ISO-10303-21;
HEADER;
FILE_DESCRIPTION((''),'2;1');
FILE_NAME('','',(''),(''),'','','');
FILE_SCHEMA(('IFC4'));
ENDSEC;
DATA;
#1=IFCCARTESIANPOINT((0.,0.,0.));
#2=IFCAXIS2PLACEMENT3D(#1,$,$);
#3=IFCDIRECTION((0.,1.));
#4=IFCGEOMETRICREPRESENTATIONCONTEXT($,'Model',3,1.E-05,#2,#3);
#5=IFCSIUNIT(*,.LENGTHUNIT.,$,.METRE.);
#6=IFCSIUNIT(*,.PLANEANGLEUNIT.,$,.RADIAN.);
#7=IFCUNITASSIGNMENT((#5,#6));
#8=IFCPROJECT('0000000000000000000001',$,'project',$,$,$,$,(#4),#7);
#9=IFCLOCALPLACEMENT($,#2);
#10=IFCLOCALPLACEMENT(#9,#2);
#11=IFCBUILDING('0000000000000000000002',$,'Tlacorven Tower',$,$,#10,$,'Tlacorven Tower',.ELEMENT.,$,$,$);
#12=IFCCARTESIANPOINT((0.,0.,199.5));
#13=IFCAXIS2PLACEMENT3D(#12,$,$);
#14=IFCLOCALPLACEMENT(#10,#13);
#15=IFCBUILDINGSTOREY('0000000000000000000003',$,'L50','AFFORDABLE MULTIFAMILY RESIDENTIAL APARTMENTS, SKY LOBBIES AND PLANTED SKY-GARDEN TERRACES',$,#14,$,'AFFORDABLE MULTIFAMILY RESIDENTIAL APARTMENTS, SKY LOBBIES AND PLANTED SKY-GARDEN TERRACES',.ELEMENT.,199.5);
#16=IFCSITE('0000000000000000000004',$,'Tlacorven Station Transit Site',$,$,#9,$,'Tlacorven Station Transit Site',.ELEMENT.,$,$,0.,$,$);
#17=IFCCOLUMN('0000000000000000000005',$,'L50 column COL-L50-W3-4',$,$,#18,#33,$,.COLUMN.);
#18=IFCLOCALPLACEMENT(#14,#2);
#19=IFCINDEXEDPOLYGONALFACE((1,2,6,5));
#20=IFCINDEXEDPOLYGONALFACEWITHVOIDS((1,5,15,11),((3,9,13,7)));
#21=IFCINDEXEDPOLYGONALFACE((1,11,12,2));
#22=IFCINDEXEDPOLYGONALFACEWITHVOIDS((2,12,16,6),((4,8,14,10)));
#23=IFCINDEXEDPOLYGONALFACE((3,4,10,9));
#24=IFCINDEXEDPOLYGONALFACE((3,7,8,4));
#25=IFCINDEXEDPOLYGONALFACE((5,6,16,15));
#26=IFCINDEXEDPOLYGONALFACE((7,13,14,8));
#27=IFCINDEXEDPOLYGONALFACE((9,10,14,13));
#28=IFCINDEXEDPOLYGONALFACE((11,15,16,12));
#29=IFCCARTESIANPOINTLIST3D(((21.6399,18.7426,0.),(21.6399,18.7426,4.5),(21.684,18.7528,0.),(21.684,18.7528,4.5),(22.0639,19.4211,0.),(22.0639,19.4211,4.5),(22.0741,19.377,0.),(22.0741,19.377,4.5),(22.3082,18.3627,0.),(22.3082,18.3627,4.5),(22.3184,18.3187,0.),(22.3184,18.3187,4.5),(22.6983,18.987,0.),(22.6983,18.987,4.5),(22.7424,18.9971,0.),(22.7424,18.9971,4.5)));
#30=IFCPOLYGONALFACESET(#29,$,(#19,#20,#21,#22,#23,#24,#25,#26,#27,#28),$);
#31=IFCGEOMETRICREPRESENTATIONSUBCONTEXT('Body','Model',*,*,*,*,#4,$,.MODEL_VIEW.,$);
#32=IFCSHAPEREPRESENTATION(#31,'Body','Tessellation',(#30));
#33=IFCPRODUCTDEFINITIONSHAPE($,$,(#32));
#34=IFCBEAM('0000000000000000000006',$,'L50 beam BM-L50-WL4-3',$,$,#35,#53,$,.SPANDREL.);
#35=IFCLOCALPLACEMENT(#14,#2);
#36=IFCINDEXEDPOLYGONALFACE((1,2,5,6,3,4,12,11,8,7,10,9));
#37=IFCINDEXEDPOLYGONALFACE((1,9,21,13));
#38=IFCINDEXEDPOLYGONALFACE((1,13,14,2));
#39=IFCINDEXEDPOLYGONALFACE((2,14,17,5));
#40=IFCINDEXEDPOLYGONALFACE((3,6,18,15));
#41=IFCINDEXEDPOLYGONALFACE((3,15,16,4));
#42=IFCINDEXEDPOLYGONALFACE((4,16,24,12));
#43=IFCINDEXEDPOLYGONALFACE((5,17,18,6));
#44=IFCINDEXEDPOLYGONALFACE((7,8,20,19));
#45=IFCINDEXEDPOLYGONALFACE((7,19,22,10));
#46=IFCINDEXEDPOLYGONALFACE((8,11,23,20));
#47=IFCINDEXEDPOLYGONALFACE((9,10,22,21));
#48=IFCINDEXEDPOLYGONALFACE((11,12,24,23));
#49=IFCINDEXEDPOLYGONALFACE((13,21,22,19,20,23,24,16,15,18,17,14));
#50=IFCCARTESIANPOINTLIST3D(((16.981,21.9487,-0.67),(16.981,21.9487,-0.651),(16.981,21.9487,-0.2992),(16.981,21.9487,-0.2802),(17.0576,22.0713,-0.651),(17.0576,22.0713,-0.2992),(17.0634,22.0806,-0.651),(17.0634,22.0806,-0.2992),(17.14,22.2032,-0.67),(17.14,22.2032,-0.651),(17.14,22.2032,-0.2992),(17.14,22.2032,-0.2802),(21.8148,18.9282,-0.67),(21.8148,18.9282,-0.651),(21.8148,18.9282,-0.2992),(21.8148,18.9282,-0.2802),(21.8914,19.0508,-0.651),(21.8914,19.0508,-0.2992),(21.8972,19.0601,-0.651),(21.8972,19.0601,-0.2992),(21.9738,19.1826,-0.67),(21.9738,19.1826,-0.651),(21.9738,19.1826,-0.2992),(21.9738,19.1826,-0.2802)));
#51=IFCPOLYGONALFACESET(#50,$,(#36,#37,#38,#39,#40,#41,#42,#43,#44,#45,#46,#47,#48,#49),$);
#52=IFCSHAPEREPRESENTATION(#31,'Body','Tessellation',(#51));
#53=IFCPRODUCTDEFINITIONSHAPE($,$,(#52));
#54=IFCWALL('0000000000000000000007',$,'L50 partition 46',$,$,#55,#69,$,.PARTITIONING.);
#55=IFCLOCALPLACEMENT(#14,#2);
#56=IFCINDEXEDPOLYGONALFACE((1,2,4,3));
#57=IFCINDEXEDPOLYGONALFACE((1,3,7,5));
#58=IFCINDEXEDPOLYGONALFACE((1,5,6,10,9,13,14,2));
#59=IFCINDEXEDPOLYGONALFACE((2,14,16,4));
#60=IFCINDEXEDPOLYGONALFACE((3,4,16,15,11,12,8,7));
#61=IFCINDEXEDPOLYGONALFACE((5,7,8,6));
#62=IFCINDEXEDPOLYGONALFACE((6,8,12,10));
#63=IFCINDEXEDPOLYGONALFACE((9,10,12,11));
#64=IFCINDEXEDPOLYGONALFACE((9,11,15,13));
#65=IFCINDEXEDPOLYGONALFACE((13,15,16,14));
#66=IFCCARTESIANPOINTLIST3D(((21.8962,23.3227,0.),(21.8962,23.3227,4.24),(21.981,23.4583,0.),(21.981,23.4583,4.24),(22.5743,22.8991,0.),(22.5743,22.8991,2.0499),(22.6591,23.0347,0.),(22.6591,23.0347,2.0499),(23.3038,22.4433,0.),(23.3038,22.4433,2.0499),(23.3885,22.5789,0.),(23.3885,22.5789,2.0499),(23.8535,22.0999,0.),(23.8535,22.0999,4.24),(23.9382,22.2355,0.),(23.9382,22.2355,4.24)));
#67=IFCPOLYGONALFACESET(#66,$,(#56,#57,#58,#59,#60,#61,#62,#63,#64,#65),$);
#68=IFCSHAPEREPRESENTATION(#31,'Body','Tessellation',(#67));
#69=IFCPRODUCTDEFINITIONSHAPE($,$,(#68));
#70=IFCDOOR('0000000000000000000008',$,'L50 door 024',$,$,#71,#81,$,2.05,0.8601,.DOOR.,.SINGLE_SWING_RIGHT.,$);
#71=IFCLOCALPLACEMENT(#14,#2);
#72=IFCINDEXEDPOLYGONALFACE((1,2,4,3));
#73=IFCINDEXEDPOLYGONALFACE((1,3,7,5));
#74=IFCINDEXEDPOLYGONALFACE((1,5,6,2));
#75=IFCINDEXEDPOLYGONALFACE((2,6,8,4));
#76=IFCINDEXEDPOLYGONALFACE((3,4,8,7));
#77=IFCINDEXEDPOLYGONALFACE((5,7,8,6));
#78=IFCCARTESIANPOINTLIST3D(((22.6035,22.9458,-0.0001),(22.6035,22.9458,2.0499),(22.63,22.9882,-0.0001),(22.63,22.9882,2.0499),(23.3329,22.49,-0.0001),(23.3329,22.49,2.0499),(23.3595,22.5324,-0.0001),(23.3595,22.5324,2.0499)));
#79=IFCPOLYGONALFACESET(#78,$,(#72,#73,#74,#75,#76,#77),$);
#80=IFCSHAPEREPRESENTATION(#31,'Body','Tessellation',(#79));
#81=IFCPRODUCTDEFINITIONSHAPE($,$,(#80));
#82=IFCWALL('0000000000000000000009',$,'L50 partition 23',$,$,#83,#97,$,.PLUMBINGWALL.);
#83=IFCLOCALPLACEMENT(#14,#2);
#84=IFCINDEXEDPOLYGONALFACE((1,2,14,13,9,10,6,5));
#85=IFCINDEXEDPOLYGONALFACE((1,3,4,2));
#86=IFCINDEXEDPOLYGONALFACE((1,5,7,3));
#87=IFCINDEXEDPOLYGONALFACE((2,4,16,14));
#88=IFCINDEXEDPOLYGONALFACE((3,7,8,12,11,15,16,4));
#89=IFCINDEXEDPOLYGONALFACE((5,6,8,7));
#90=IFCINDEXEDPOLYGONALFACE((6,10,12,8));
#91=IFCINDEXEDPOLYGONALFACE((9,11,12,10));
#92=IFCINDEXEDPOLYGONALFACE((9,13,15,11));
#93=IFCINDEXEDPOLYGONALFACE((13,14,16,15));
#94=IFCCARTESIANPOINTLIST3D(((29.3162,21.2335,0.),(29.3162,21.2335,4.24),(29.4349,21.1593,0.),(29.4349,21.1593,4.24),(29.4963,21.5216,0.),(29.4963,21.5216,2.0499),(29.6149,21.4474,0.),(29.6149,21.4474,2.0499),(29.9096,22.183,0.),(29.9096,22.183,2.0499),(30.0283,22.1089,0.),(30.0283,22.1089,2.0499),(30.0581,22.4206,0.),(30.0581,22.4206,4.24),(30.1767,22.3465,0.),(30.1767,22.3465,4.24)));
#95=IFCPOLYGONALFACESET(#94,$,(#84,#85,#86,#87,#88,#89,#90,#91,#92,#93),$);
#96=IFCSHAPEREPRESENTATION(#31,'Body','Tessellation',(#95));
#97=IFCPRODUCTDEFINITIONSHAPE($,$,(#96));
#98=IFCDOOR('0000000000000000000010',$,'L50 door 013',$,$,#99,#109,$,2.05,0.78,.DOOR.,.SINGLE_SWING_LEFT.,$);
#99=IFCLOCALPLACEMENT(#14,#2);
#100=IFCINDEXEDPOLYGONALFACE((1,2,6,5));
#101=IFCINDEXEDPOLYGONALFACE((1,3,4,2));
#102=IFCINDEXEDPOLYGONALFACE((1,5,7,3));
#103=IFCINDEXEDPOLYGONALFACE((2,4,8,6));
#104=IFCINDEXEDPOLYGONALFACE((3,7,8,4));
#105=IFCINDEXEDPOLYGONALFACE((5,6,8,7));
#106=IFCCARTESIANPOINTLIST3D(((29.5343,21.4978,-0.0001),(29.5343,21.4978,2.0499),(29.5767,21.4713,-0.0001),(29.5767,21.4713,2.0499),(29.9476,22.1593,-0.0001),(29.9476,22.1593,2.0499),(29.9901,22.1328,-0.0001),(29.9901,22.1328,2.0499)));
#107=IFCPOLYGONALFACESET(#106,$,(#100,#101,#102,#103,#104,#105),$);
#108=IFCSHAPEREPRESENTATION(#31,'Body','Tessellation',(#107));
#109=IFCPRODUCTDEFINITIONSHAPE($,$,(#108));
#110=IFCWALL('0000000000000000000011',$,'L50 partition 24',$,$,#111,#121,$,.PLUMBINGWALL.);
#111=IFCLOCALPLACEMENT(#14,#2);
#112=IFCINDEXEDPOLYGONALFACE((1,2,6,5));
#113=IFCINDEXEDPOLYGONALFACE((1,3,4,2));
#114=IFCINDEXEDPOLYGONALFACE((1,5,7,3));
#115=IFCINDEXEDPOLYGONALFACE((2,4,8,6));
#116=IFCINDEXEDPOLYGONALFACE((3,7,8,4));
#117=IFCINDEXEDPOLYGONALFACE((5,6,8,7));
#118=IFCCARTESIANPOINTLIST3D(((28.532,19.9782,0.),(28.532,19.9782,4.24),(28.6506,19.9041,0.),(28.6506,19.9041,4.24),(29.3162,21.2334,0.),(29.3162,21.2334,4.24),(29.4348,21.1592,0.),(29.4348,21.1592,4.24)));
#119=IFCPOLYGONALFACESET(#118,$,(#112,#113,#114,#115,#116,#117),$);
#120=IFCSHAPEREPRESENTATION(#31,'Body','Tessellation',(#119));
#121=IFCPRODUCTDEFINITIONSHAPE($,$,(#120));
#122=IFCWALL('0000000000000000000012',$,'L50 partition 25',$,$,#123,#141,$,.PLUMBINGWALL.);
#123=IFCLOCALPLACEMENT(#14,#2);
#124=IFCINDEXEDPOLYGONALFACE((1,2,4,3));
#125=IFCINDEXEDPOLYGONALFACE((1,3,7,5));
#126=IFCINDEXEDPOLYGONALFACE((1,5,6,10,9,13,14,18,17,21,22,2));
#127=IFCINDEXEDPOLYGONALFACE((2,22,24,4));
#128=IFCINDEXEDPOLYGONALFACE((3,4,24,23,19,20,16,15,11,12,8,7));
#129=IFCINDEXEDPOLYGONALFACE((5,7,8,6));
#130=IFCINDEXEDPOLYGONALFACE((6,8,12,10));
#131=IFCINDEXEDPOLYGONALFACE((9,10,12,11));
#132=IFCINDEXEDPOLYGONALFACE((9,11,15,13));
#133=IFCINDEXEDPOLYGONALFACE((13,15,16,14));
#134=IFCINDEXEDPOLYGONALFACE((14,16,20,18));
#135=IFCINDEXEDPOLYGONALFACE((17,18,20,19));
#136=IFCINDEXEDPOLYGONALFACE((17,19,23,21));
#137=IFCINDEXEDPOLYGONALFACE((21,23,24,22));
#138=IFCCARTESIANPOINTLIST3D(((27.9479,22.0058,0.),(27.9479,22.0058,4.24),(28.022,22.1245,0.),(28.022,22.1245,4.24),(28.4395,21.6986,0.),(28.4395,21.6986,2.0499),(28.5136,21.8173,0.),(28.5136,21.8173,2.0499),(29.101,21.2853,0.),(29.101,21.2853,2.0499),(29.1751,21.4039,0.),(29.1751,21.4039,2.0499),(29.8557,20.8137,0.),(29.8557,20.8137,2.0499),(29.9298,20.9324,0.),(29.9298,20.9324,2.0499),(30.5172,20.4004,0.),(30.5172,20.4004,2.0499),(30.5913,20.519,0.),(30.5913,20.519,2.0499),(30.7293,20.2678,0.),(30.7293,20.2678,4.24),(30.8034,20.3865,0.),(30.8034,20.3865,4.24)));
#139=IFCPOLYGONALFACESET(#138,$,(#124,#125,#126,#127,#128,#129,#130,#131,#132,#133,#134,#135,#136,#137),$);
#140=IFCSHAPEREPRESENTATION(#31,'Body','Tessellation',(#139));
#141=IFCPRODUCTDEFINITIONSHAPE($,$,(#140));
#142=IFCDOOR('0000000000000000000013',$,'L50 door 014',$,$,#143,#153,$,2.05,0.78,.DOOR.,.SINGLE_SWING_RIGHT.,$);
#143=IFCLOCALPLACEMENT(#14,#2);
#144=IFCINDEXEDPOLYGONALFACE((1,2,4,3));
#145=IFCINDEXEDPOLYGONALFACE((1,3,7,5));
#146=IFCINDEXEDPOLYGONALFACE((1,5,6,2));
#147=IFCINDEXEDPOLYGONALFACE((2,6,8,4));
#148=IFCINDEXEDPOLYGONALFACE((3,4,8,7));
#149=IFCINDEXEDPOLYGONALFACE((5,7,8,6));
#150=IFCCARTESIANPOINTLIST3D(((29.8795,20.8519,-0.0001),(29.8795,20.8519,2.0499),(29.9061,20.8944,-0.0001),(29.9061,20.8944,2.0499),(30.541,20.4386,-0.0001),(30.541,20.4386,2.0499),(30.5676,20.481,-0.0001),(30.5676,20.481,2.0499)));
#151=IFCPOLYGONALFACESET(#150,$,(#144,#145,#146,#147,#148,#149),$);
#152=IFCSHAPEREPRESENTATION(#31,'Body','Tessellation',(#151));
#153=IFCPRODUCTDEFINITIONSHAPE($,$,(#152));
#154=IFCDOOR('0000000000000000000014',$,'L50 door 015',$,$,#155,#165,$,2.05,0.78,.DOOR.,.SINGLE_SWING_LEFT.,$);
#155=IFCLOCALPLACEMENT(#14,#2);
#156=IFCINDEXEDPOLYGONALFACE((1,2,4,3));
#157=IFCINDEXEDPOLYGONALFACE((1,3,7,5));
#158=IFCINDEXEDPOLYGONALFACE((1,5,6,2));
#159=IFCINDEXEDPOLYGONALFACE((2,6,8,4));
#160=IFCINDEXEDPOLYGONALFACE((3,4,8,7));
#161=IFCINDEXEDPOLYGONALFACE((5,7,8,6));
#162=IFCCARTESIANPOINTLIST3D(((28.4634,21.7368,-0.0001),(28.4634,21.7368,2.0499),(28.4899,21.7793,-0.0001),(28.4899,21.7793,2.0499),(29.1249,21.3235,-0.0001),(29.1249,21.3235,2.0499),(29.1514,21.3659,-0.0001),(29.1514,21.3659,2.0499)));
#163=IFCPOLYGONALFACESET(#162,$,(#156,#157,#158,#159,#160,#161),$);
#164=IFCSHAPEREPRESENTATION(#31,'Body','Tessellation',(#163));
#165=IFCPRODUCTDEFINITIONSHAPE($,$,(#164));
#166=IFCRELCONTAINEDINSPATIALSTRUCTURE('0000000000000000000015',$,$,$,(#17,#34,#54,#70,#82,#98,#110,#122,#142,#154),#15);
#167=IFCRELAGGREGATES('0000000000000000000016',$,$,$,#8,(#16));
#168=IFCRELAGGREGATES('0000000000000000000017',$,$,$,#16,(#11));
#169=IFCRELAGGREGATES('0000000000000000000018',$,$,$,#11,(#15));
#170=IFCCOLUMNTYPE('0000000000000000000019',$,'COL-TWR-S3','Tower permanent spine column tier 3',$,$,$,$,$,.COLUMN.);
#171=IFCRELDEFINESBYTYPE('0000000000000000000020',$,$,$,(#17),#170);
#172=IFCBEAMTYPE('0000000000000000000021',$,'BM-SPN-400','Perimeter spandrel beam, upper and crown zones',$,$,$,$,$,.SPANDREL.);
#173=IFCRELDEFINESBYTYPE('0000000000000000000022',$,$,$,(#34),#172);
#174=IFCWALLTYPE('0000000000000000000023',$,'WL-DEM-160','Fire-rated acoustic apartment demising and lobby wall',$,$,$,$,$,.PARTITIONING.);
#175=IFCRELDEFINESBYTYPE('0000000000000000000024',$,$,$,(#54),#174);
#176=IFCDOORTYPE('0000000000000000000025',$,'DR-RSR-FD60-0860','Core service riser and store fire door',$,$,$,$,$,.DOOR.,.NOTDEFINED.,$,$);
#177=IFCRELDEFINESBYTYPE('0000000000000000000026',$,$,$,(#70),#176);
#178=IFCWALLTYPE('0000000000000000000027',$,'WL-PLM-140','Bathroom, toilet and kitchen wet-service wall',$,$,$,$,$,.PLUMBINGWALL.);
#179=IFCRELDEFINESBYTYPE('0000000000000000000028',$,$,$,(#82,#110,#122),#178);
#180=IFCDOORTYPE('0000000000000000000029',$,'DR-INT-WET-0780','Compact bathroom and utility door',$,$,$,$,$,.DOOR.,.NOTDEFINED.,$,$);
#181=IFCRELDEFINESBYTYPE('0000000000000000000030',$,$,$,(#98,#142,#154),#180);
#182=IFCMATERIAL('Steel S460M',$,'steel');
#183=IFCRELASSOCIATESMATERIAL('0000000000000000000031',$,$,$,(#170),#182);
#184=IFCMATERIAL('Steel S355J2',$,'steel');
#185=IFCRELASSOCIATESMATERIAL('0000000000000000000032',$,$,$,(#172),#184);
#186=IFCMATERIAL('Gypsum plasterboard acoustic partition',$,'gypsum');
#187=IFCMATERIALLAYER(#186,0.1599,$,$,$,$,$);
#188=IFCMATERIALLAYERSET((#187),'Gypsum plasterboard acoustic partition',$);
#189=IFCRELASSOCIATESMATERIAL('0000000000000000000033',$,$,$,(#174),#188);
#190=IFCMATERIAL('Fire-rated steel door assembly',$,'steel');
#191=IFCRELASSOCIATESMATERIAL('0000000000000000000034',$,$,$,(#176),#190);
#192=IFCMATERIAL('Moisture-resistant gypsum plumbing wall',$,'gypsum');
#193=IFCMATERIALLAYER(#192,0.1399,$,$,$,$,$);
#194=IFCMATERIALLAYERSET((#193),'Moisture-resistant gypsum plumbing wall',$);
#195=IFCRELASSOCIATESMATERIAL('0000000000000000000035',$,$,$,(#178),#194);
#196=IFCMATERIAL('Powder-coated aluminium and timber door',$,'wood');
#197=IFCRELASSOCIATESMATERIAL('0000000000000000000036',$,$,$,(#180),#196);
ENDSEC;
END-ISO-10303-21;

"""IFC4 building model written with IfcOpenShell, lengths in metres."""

from ifc_helpers import new_model, si_unit, direction, frame, frame_2d, origin, origin_2d, place, context, subcontext, project, spatial, rectangle, hollow_rectangle, i_section, extrude, source, transform, mapped, material, layer, layer_set, material_profile, profile_set, type_object, element, fill, save


model = new_model("IFC4")

# Units and contexts
model_context = context("Model", 3, precision=1e-05, world=origin(), true_north=direction((0.0, 1.0)))
body_context = subcontext(model_context, "Body", "Model", "MODEL_VIEW")
ifc_project = project(units=[si_unit("LENGTHUNIT", "METRE"), si_unit("PLANEANGLEUNIT", "RADIAN")], contexts=[model_context])

# Site, building, storey
site_placement = place(None, origin())
site = spatial("IfcSite", under=ifc_project, at=site_placement, Name="Tlacorven Station Transit Site", LongName="Tlacorven Station Transit Site", CompositionType="ELEMENT", RefElevation=0.0)
building_placement = place(site_placement, origin())
building = spatial("IfcBuilding", under=site, at=building_placement, Name="Tlacorven Tower", LongName="Tlacorven Tower", CompositionType="ELEMENT")
storey_placement = place(building_placement, frame((0.0, 0.0, 199.5)))
storey = spatial("IfcBuildingStorey", under=building, at=storey_placement, Name="L50", Description="AFFORDABLE MULTIFAMILY RESIDENTIAL APARTMENTS, SKY LOBBIES AND PLANTED SKY-GARDEN TERRACES", LongName="AFFORDABLE MULTIFAMILY RESIDENTIAL APARTMENTS, SKY LOBBIES AND PLANTED SKY-GARDEN TERRACES", CompositionType="ELEMENT", Elevation=199.5)

# Column
ifc_material_1 = material(Name="Steel S460M", Category="steel")
ifc_material_profile_1 = material_profile(ifc_material_1, hollow_rectangle(XDim=0.8, YDim=0.8, WallThickness=0.032, at=origin_2d()), Name="BOX 800X800X32")
ifc_profile_set_1 = profile_set([ifc_material_profile_1], Name="Steel S460M")
column_type = type_object("IfcColumnType", Name="COL-TWR-S3", Description="Tower permanent spine column tier 3", PredefinedType="COLUMN", material=ifc_profile_set_1)
shared_shape_1 = source(origin(), body_context, "Body", "SweptSolid", [
    extrude(hollow_rectangle(XDim=0.8, YDim=0.8, WallThickness=0.032, at=origin_2d()), origin(), (0.0, 0.0, 1.0), 4.5),
])
column_placement = place(storey_placement, frame((22.1912, 18.8699, 0.0), z_axis=(0.0, 0.0, 1.0), x_axis=(-0.848048, 0.529919, 0.0)))
element("IfcColumn", 1, at=column_placement, inside=storey, type_object=column_type, Name="L50 column COL-L50-W3-4", PredefinedType="COLUMN", context=body_context, shape_type="MappedRepresentation", body=[
    mapped(shared_shape_1, transform((0.0, 0.0, 0.0), scale=1.0)),
])

# Beam
ifc_material_2 = material(Name="Steel S355J2", Category="steel")
ifc_material_profile_2 = material_profile(ifc_material_2, i_section(OverallWidth=0.3, OverallDepth=0.3899, WebThickness=0.011, FlangeThickness=0.019, at=origin_2d()), Name="HEA 400")
ifc_profile_set_2 = profile_set([ifc_material_profile_2], Name="Steel S355J2")
beam_type = type_object("IfcBeamType", Name="BM-SPN-400", Description="Perimeter spandrel beam, upper and crown zones", PredefinedType="SPANDREL", material=ifc_profile_set_2)
shared_shape_2 = source(origin(), body_context, "Body", "SweptSolid", [
    extrude(i_section(OverallWidth=0.3, OverallDepth=0.3899, WebThickness=0.011, FlangeThickness=0.019, at=origin_2d()), origin(), (0.0, 0.0, 1.0), 5.7),
])
beam_placement = place(storey_placement, frame((21.8943, 19.0554, -0.4751), z_axis=(-0.848044, 0.529926, 0.0), x_axis=(-0.529926, -0.848044, 0.0)))
element("IfcBeam", 2, at=beam_placement, inside=storey, type_object=beam_type, Name="L50 beam BM-L50-WL4-3", PredefinedType="SPANDREL", context=body_context, shape_type="MappedRepresentation", body=[
    mapped(shared_shape_2, transform((0.0, 0.0, 0.0), scale=1.0)),
])

# Walls, openings, doors
ifc_material_3 = material(Name="Gypsum plasterboard acoustic partition", Category="gypsum")
ifc_layer_1 = layer(ifc_material_3, 0.1599)
ifc_layer_set_1 = layer_set([ifc_layer_1], Name="Gypsum plasterboard acoustic partition")
wall_type_1 = type_object("IfcWallType", Name="WL-DEM-160", Description="Fire-rated acoustic apartment demising and lobby wall", PredefinedType="PARTITIONING", material=ifc_layer_set_1)
wall_1_placement = place(storey_placement, frame((23.8958, 22.1677, 0.0), z_axis=(0.0, 0.0, 1.0), x_axis=(-0.848076, 0.529875, 0.0)))
wall_1 = element("IfcWall", 3, at=wall_1_placement, inside=storey, type_object=wall_type_1, Name="L50 partition 46", PredefinedType="PARTITIONING", context=body_context, shape_type="SweptSolid", body=[
    extrude(rectangle(XDim=2.3079, YDim=0.1599, at=frame_2d((1.1538, 0.0))), origin(), (0.0, 0.0, 1.0), 4.24),
])
opening_1_placement = place(wall_1_placement, frame((0.6479, 0.0, 0.0)))
opening_1 = element("IfcOpeningElement", 4, at=opening_1_placement, cuts=wall_1, PredefinedType="OPENING", context=body_context, shape_type="SweptSolid", body=[
    extrude(rectangle(XDim=0.8601, YDim=2.05, at=frame_2d((0.4302, 1.0249))), frame((0.0, 0.0898, 0.0), z_axis=(0.0, -1.0, 0.0), x_axis=(1.0, 0.0, 0.0)), (0.0, 0.0, 1.0), 0.1799),
])
ifc_material_4 = material(Name="Fire-rated steel door assembly", Category="steel")
door_type_1 = type_object("IfcDoorType", Name="DR-RSR-FD60-0860", Description="Core service riser and store fire door", OperationType="NOTDEFINED", PredefinedType="DOOR", material=ifc_material_4)
shared_shape_3 = source(origin(), body_context, "Body", "SweptSolid", [
    extrude(rectangle(XDim=0.8601, YDim=2.05, at=frame_2d((0.4302, 1.0249))), frame((0.0, 0.0249, 0.0), z_axis=(0.0, -1.0, 0.0), x_axis=(1.0, 0.0, 0.0)), (0.0, 0.0, 1.0), 0.05),
])
door_1_placement = place(opening_1_placement, origin())
door_1 = element("IfcDoor", 5, at=door_1_placement, inside=storey, type_object=door_type_1, Name="L50 door 024", OperationType="SINGLE_SWING_RIGHT", OverallHeight=2.05, OverallWidth=0.8601, PredefinedType="DOOR", context=body_context, shape_type="MappedRepresentation", body=[
    mapped(shared_shape_3, transform((0.0, 0.0, 0.0), scale=1.0)),
])
fill(opening_1, door_1)
ifc_material_5 = material(Name="Moisture-resistant gypsum plumbing wall", Category="gypsum")
ifc_layer_2 = layer(ifc_material_5, 0.1399)
ifc_layer_set_2 = layer_set([ifc_layer_2], Name="Moisture-resistant gypsum plumbing wall")
wall_type_2 = type_object("IfcWallType", Name="WL-PLM-140", Description="Bathroom, toilet and kitchen wet-service wall", PredefinedType="PLUMBINGWALL", material=ifc_layer_set_2)
wall_2_placement = place(storey_placement, frame((30.1174, 22.3835, 0.0), z_axis=(0.0, 0.0, 1.0), x_axis=(-0.529952, -0.848028, 0.0)))
wall_2 = element("IfcWall", 6, at=wall_2_placement, inside=storey, type_object=wall_type_2, Name="L50 partition 23", PredefinedType="PLUMBINGWALL", context=body_context, shape_type="SweptSolid", body=[
    extrude(rectangle(XDim=1.3999, YDim=0.1399, at=frame_2d((0.7, 0.0))), origin(), (0.0, 0.0, 1.0), 4.24),
])
opening_2_placement = place(wall_2_placement, frame((0.28, 0.0, 0.0)))
opening_2 = element("IfcOpeningElement", 7, at=opening_2_placement, cuts=wall_2, PredefinedType="OPENING", context=body_context, shape_type="SweptSolid", body=[
    extrude(rectangle(XDim=0.78, YDim=2.05, at=frame_2d((0.3901, 1.0249))), frame((0.0, 0.0801, 0.0), z_axis=(0.0, -1.0, 0.0), x_axis=(1.0, 0.0, 0.0)), (0.0, 0.0, 1.0), 0.1599),
])
ifc_material_6 = material(Name="Powder-coated aluminium and timber door", Category="wood")
door_type_2 = type_object("IfcDoorType", Name="DR-INT-WET-0780", Description="Compact bathroom and utility door", OperationType="NOTDEFINED", PredefinedType="DOOR", material=ifc_material_6)
shared_shape_4 = source(origin(), body_context, "Body", "SweptSolid", [
    extrude(rectangle(XDim=0.78, YDim=2.05, at=frame_2d((0.3901, 1.0249))), frame((0.0, 0.0249, 0.0), z_axis=(0.0, -1.0, 0.0), x_axis=(1.0, 0.0, 0.0)), (0.0, 0.0, 1.0), 0.05),
])
door_2_placement = place(opening_2_placement, origin())
door_2 = element("IfcDoor", 8, at=door_2_placement, inside=storey, type_object=door_type_2, Name="L50 door 013", OperationType="SINGLE_SWING_LEFT", OverallHeight=2.05, OverallWidth=0.78, PredefinedType="DOOR", context=body_context, shape_type="MappedRepresentation", body=[
    mapped(shared_shape_4, transform((0.0, 0.0, 0.0), scale=1.0)),
])
fill(opening_2, door_2)

# Wall
wall_3_placement = place(storey_placement, frame((29.3755, 21.1963, 0.0), z_axis=(0.0, 0.0, 1.0), x_axis=(-0.529865, -0.848082, 0.0)))
element("IfcWall", 9, at=wall_3_placement, inside=storey, type_object=wall_type_2, Name="L50 partition 24", PredefinedType="PLUMBINGWALL", context=body_context, shape_type="SweptSolid", body=[
    extrude(rectangle(XDim=1.48, YDim=0.1399, at=frame_2d((0.74, 0.0))), origin(), (0.0, 0.0, 1.0), 4.24),
])

# Wall, openings, doors
wall_4_placement = place(storey_placement, frame((30.7664, 20.3271, 0.0), z_axis=(0.0, 0.0, 1.0), x_axis=(-0.848053, 0.529912, 0.0)))
wall_4 = element("IfcWall", 10, at=wall_4_placement, inside=storey, type_object=wall_type_2, Name="L50 partition 25", PredefinedType="PLUMBINGWALL", context=body_context, shape_type="SweptSolid", body=[
    extrude(rectangle(XDim=3.2798, YDim=0.1399, at=frame_2d((1.6399, 0.0))), origin(), (0.0, 0.0, 1.0), 4.24),
])
opening_3_placement = place(wall_4_placement, frame((0.25, 0.0, 0.0)))
opening_3 = element("IfcOpeningElement", 11, at=opening_3_placement, cuts=wall_4, PredefinedType="OPENING", context=body_context, shape_type="SweptSolid", body=[
    extrude(rectangle(XDim=0.78, YDim=2.05, at=frame_2d((0.3901, 1.0249))), frame((0.0, 0.0801, 0.0), z_axis=(0.0, -1.0, 0.0), x_axis=(1.0, 0.0, 0.0)), (0.0, 0.0, 1.0), 0.1599),
])
opening_4_placement = place(wall_4_placement, frame((1.9199, 0.0, 0.0)))
opening_4 = element("IfcOpeningElement", 12, at=opening_4_placement, cuts=wall_4, PredefinedType="OPENING", context=body_context, shape_type="SweptSolid", body=[
    extrude(rectangle(XDim=0.78, YDim=2.05, at=frame_2d((0.3901, 1.0249))), frame((0.0, 0.0801, 0.0), z_axis=(0.0, -1.0, 0.0), x_axis=(1.0, 0.0, 0.0)), (0.0, 0.0, 1.0), 0.1599),
])
door_3_placement = place(opening_3_placement, origin())
door_3 = element("IfcDoor", 13, at=door_3_placement, inside=storey, type_object=door_type_2, Name="L50 door 014", OperationType="SINGLE_SWING_RIGHT", OverallHeight=2.05, OverallWidth=0.78, PredefinedType="DOOR", context=body_context, shape_type="MappedRepresentation", body=[
    mapped(shared_shape_4, transform((0.0, 0.0, 0.0), scale=1.0)),
])
fill(opening_3, door_3)
door_4_placement = place(opening_4_placement, origin())
door_4 = element("IfcDoor", 14, at=door_4_placement, inside=storey, type_object=door_type_2, Name="L50 door 015", OperationType="SINGLE_SWING_LEFT", OverallHeight=2.05, OverallWidth=0.78, PredefinedType="DOOR", context=body_context, shape_type="MappedRepresentation", body=[
    mapped(shared_shape_4, transform((0.0, 0.0, 0.0), scale=1.0)),
])
fill(opening_4, door_4)

save(model, "model.ifc")
